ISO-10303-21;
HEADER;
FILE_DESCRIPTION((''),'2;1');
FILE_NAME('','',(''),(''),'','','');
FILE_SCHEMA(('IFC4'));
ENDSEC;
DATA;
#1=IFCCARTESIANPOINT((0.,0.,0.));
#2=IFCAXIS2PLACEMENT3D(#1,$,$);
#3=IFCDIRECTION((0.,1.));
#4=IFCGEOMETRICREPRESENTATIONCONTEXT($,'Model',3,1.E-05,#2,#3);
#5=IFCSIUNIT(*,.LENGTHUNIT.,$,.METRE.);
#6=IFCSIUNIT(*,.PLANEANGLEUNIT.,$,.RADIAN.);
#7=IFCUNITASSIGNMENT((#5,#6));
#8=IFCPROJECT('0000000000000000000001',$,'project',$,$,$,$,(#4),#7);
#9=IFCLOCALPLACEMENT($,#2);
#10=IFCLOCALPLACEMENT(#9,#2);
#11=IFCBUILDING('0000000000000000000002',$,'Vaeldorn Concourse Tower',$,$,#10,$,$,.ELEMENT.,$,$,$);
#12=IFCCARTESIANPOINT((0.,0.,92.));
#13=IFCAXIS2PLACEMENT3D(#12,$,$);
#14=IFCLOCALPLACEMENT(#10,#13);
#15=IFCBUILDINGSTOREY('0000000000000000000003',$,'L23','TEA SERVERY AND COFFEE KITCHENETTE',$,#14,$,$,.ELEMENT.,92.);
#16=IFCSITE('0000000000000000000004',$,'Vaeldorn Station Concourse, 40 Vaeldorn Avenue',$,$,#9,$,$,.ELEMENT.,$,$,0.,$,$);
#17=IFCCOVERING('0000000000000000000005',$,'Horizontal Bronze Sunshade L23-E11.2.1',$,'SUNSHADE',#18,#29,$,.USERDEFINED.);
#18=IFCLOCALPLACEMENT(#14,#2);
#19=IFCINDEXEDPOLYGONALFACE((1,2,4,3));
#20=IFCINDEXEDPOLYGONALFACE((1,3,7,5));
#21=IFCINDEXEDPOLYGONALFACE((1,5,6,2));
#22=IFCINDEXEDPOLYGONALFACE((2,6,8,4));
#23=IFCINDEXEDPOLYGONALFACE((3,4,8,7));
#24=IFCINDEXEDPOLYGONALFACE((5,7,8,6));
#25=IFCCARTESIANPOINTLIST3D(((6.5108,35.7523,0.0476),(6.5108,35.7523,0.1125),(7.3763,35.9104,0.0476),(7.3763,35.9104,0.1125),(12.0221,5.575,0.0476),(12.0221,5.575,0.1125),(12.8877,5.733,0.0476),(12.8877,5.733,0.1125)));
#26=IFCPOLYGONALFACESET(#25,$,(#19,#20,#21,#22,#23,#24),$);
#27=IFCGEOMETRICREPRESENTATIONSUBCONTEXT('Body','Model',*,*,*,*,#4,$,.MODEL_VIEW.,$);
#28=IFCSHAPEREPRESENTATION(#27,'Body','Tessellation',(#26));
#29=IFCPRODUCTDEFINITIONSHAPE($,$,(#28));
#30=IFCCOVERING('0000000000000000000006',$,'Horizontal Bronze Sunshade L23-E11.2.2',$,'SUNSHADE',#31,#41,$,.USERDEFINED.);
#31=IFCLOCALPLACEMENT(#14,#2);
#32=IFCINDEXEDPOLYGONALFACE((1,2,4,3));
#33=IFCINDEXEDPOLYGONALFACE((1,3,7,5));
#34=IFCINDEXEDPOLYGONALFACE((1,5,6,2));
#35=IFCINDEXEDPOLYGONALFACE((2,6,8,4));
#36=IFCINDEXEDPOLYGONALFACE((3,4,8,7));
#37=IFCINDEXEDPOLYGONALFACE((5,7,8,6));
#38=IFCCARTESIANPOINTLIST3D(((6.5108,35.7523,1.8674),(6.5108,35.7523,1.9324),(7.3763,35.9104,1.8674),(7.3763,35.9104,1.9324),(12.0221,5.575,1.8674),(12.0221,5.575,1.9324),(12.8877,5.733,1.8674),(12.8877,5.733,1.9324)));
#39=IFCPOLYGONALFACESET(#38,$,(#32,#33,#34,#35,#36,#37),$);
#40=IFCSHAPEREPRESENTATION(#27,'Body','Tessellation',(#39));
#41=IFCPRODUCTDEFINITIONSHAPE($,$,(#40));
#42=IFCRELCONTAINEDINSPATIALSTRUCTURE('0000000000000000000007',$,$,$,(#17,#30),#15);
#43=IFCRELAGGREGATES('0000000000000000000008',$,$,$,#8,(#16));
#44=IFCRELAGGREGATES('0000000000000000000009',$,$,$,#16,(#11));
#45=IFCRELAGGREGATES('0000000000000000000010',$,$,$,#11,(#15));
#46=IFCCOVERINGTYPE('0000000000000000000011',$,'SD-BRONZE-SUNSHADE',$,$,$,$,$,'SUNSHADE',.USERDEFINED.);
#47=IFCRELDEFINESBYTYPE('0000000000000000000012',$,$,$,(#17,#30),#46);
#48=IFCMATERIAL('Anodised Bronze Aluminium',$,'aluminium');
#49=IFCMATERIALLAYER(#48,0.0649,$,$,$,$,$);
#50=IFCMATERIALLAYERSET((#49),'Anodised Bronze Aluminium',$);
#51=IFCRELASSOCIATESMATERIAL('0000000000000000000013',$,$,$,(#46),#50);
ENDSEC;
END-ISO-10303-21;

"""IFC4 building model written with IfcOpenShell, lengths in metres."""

from ifc_helpers import new_model, si_unit, direction, frame, origin, origin_2d, place, context, subcontext, project, spatial, rectangle, extrude, source, transform, mapped, material, layer, layer_set, type_object, element, save


model = new_model("IFC4")

# Units and contexts
model_context = context("Model", 3, precision=1e-05, world=origin(), true_north=direction((0.0, 1.0)))
body_context = subcontext(model_context, "Body", "Model", "MODEL_VIEW")
ifc_project = project(units=[si_unit("LENGTHUNIT", "METRE"), si_unit("PLANEANGLEUNIT", "RADIAN")], contexts=[model_context])

# Site, building, storey
site_placement = place(None, origin())
site = spatial("IfcSite", under=ifc_project, at=site_placement, Name="Vaeldorn Station Concourse, 40 Vaeldorn Avenue", CompositionType="ELEMENT", RefElevation=0.0)
building_placement = place(site_placement, origin())
building = spatial("IfcBuilding", under=site, at=building_placement, Name="Vaeldorn Concourse Tower", CompositionType="ELEMENT")
storey_placement = place(building_placement, frame((0.0, 0.0, 92.0)))
storey = spatial("IfcBuildingStorey", under=building, at=storey_placement, Name="L23", Description="TEA SERVERY AND COFFEE KITCHENETTE", CompositionType="ELEMENT", Elevation=92.0)

# Shared definitions
ifc_material_1 = material(Name="Anodised Bronze Aluminium", Category="aluminium")

# Coverings
ifc_layer_1 = layer(ifc_material_1, 0.0649)
ifc_layer_set_1 = layer_set([ifc_layer_1], Name="Anodised Bronze Aluminium")
covering_type = type_object("IfcCoveringType", Name="SD-BRONZE-SUNSHADE", ElementType="SUNSHADE", PredefinedType="USERDEFINED", material=ifc_layer_set_1)
shared_shape_1 = source(origin(), body_context, "Body", "SweptSolid", [
    extrude(rectangle(XDim=30.6765, YDim=0.8799, at=origin_2d()), origin(), (0.0, 0.0, 1.0), 0.0649),
])
for number, where, z_axis, x_axis, name in (
    (1, (9.6992, 20.7427, 0.0476), (0.0, 0.0, 1.0), (0.179661, -0.983729, 0.0), "Horizontal Bronze Sunshade L23-E11.2.1"),
    (2, (9.6992, 20.7427, 1.8674), (0.0, 0.0, 1.0), (0.179661, -0.983729, 0.0), "Horizontal Bronze Sunshade L23-E11.2.2"),
):
    element("IfcCovering", number, at=place(storey_placement, frame(where, z_axis=z_axis, x_axis=x_axis)), inside=storey, type_object=covering_type, Name=name, ObjectType="SUNSHADE", PredefinedType="USERDEFINED", context=body_context, shape_type="MappedRepresentation", body=[
        mapped(shared_shape_1, transform((0.0, 0.0, 0.0), scale=1.0)),
    ])

save(model, "model.ifc")
